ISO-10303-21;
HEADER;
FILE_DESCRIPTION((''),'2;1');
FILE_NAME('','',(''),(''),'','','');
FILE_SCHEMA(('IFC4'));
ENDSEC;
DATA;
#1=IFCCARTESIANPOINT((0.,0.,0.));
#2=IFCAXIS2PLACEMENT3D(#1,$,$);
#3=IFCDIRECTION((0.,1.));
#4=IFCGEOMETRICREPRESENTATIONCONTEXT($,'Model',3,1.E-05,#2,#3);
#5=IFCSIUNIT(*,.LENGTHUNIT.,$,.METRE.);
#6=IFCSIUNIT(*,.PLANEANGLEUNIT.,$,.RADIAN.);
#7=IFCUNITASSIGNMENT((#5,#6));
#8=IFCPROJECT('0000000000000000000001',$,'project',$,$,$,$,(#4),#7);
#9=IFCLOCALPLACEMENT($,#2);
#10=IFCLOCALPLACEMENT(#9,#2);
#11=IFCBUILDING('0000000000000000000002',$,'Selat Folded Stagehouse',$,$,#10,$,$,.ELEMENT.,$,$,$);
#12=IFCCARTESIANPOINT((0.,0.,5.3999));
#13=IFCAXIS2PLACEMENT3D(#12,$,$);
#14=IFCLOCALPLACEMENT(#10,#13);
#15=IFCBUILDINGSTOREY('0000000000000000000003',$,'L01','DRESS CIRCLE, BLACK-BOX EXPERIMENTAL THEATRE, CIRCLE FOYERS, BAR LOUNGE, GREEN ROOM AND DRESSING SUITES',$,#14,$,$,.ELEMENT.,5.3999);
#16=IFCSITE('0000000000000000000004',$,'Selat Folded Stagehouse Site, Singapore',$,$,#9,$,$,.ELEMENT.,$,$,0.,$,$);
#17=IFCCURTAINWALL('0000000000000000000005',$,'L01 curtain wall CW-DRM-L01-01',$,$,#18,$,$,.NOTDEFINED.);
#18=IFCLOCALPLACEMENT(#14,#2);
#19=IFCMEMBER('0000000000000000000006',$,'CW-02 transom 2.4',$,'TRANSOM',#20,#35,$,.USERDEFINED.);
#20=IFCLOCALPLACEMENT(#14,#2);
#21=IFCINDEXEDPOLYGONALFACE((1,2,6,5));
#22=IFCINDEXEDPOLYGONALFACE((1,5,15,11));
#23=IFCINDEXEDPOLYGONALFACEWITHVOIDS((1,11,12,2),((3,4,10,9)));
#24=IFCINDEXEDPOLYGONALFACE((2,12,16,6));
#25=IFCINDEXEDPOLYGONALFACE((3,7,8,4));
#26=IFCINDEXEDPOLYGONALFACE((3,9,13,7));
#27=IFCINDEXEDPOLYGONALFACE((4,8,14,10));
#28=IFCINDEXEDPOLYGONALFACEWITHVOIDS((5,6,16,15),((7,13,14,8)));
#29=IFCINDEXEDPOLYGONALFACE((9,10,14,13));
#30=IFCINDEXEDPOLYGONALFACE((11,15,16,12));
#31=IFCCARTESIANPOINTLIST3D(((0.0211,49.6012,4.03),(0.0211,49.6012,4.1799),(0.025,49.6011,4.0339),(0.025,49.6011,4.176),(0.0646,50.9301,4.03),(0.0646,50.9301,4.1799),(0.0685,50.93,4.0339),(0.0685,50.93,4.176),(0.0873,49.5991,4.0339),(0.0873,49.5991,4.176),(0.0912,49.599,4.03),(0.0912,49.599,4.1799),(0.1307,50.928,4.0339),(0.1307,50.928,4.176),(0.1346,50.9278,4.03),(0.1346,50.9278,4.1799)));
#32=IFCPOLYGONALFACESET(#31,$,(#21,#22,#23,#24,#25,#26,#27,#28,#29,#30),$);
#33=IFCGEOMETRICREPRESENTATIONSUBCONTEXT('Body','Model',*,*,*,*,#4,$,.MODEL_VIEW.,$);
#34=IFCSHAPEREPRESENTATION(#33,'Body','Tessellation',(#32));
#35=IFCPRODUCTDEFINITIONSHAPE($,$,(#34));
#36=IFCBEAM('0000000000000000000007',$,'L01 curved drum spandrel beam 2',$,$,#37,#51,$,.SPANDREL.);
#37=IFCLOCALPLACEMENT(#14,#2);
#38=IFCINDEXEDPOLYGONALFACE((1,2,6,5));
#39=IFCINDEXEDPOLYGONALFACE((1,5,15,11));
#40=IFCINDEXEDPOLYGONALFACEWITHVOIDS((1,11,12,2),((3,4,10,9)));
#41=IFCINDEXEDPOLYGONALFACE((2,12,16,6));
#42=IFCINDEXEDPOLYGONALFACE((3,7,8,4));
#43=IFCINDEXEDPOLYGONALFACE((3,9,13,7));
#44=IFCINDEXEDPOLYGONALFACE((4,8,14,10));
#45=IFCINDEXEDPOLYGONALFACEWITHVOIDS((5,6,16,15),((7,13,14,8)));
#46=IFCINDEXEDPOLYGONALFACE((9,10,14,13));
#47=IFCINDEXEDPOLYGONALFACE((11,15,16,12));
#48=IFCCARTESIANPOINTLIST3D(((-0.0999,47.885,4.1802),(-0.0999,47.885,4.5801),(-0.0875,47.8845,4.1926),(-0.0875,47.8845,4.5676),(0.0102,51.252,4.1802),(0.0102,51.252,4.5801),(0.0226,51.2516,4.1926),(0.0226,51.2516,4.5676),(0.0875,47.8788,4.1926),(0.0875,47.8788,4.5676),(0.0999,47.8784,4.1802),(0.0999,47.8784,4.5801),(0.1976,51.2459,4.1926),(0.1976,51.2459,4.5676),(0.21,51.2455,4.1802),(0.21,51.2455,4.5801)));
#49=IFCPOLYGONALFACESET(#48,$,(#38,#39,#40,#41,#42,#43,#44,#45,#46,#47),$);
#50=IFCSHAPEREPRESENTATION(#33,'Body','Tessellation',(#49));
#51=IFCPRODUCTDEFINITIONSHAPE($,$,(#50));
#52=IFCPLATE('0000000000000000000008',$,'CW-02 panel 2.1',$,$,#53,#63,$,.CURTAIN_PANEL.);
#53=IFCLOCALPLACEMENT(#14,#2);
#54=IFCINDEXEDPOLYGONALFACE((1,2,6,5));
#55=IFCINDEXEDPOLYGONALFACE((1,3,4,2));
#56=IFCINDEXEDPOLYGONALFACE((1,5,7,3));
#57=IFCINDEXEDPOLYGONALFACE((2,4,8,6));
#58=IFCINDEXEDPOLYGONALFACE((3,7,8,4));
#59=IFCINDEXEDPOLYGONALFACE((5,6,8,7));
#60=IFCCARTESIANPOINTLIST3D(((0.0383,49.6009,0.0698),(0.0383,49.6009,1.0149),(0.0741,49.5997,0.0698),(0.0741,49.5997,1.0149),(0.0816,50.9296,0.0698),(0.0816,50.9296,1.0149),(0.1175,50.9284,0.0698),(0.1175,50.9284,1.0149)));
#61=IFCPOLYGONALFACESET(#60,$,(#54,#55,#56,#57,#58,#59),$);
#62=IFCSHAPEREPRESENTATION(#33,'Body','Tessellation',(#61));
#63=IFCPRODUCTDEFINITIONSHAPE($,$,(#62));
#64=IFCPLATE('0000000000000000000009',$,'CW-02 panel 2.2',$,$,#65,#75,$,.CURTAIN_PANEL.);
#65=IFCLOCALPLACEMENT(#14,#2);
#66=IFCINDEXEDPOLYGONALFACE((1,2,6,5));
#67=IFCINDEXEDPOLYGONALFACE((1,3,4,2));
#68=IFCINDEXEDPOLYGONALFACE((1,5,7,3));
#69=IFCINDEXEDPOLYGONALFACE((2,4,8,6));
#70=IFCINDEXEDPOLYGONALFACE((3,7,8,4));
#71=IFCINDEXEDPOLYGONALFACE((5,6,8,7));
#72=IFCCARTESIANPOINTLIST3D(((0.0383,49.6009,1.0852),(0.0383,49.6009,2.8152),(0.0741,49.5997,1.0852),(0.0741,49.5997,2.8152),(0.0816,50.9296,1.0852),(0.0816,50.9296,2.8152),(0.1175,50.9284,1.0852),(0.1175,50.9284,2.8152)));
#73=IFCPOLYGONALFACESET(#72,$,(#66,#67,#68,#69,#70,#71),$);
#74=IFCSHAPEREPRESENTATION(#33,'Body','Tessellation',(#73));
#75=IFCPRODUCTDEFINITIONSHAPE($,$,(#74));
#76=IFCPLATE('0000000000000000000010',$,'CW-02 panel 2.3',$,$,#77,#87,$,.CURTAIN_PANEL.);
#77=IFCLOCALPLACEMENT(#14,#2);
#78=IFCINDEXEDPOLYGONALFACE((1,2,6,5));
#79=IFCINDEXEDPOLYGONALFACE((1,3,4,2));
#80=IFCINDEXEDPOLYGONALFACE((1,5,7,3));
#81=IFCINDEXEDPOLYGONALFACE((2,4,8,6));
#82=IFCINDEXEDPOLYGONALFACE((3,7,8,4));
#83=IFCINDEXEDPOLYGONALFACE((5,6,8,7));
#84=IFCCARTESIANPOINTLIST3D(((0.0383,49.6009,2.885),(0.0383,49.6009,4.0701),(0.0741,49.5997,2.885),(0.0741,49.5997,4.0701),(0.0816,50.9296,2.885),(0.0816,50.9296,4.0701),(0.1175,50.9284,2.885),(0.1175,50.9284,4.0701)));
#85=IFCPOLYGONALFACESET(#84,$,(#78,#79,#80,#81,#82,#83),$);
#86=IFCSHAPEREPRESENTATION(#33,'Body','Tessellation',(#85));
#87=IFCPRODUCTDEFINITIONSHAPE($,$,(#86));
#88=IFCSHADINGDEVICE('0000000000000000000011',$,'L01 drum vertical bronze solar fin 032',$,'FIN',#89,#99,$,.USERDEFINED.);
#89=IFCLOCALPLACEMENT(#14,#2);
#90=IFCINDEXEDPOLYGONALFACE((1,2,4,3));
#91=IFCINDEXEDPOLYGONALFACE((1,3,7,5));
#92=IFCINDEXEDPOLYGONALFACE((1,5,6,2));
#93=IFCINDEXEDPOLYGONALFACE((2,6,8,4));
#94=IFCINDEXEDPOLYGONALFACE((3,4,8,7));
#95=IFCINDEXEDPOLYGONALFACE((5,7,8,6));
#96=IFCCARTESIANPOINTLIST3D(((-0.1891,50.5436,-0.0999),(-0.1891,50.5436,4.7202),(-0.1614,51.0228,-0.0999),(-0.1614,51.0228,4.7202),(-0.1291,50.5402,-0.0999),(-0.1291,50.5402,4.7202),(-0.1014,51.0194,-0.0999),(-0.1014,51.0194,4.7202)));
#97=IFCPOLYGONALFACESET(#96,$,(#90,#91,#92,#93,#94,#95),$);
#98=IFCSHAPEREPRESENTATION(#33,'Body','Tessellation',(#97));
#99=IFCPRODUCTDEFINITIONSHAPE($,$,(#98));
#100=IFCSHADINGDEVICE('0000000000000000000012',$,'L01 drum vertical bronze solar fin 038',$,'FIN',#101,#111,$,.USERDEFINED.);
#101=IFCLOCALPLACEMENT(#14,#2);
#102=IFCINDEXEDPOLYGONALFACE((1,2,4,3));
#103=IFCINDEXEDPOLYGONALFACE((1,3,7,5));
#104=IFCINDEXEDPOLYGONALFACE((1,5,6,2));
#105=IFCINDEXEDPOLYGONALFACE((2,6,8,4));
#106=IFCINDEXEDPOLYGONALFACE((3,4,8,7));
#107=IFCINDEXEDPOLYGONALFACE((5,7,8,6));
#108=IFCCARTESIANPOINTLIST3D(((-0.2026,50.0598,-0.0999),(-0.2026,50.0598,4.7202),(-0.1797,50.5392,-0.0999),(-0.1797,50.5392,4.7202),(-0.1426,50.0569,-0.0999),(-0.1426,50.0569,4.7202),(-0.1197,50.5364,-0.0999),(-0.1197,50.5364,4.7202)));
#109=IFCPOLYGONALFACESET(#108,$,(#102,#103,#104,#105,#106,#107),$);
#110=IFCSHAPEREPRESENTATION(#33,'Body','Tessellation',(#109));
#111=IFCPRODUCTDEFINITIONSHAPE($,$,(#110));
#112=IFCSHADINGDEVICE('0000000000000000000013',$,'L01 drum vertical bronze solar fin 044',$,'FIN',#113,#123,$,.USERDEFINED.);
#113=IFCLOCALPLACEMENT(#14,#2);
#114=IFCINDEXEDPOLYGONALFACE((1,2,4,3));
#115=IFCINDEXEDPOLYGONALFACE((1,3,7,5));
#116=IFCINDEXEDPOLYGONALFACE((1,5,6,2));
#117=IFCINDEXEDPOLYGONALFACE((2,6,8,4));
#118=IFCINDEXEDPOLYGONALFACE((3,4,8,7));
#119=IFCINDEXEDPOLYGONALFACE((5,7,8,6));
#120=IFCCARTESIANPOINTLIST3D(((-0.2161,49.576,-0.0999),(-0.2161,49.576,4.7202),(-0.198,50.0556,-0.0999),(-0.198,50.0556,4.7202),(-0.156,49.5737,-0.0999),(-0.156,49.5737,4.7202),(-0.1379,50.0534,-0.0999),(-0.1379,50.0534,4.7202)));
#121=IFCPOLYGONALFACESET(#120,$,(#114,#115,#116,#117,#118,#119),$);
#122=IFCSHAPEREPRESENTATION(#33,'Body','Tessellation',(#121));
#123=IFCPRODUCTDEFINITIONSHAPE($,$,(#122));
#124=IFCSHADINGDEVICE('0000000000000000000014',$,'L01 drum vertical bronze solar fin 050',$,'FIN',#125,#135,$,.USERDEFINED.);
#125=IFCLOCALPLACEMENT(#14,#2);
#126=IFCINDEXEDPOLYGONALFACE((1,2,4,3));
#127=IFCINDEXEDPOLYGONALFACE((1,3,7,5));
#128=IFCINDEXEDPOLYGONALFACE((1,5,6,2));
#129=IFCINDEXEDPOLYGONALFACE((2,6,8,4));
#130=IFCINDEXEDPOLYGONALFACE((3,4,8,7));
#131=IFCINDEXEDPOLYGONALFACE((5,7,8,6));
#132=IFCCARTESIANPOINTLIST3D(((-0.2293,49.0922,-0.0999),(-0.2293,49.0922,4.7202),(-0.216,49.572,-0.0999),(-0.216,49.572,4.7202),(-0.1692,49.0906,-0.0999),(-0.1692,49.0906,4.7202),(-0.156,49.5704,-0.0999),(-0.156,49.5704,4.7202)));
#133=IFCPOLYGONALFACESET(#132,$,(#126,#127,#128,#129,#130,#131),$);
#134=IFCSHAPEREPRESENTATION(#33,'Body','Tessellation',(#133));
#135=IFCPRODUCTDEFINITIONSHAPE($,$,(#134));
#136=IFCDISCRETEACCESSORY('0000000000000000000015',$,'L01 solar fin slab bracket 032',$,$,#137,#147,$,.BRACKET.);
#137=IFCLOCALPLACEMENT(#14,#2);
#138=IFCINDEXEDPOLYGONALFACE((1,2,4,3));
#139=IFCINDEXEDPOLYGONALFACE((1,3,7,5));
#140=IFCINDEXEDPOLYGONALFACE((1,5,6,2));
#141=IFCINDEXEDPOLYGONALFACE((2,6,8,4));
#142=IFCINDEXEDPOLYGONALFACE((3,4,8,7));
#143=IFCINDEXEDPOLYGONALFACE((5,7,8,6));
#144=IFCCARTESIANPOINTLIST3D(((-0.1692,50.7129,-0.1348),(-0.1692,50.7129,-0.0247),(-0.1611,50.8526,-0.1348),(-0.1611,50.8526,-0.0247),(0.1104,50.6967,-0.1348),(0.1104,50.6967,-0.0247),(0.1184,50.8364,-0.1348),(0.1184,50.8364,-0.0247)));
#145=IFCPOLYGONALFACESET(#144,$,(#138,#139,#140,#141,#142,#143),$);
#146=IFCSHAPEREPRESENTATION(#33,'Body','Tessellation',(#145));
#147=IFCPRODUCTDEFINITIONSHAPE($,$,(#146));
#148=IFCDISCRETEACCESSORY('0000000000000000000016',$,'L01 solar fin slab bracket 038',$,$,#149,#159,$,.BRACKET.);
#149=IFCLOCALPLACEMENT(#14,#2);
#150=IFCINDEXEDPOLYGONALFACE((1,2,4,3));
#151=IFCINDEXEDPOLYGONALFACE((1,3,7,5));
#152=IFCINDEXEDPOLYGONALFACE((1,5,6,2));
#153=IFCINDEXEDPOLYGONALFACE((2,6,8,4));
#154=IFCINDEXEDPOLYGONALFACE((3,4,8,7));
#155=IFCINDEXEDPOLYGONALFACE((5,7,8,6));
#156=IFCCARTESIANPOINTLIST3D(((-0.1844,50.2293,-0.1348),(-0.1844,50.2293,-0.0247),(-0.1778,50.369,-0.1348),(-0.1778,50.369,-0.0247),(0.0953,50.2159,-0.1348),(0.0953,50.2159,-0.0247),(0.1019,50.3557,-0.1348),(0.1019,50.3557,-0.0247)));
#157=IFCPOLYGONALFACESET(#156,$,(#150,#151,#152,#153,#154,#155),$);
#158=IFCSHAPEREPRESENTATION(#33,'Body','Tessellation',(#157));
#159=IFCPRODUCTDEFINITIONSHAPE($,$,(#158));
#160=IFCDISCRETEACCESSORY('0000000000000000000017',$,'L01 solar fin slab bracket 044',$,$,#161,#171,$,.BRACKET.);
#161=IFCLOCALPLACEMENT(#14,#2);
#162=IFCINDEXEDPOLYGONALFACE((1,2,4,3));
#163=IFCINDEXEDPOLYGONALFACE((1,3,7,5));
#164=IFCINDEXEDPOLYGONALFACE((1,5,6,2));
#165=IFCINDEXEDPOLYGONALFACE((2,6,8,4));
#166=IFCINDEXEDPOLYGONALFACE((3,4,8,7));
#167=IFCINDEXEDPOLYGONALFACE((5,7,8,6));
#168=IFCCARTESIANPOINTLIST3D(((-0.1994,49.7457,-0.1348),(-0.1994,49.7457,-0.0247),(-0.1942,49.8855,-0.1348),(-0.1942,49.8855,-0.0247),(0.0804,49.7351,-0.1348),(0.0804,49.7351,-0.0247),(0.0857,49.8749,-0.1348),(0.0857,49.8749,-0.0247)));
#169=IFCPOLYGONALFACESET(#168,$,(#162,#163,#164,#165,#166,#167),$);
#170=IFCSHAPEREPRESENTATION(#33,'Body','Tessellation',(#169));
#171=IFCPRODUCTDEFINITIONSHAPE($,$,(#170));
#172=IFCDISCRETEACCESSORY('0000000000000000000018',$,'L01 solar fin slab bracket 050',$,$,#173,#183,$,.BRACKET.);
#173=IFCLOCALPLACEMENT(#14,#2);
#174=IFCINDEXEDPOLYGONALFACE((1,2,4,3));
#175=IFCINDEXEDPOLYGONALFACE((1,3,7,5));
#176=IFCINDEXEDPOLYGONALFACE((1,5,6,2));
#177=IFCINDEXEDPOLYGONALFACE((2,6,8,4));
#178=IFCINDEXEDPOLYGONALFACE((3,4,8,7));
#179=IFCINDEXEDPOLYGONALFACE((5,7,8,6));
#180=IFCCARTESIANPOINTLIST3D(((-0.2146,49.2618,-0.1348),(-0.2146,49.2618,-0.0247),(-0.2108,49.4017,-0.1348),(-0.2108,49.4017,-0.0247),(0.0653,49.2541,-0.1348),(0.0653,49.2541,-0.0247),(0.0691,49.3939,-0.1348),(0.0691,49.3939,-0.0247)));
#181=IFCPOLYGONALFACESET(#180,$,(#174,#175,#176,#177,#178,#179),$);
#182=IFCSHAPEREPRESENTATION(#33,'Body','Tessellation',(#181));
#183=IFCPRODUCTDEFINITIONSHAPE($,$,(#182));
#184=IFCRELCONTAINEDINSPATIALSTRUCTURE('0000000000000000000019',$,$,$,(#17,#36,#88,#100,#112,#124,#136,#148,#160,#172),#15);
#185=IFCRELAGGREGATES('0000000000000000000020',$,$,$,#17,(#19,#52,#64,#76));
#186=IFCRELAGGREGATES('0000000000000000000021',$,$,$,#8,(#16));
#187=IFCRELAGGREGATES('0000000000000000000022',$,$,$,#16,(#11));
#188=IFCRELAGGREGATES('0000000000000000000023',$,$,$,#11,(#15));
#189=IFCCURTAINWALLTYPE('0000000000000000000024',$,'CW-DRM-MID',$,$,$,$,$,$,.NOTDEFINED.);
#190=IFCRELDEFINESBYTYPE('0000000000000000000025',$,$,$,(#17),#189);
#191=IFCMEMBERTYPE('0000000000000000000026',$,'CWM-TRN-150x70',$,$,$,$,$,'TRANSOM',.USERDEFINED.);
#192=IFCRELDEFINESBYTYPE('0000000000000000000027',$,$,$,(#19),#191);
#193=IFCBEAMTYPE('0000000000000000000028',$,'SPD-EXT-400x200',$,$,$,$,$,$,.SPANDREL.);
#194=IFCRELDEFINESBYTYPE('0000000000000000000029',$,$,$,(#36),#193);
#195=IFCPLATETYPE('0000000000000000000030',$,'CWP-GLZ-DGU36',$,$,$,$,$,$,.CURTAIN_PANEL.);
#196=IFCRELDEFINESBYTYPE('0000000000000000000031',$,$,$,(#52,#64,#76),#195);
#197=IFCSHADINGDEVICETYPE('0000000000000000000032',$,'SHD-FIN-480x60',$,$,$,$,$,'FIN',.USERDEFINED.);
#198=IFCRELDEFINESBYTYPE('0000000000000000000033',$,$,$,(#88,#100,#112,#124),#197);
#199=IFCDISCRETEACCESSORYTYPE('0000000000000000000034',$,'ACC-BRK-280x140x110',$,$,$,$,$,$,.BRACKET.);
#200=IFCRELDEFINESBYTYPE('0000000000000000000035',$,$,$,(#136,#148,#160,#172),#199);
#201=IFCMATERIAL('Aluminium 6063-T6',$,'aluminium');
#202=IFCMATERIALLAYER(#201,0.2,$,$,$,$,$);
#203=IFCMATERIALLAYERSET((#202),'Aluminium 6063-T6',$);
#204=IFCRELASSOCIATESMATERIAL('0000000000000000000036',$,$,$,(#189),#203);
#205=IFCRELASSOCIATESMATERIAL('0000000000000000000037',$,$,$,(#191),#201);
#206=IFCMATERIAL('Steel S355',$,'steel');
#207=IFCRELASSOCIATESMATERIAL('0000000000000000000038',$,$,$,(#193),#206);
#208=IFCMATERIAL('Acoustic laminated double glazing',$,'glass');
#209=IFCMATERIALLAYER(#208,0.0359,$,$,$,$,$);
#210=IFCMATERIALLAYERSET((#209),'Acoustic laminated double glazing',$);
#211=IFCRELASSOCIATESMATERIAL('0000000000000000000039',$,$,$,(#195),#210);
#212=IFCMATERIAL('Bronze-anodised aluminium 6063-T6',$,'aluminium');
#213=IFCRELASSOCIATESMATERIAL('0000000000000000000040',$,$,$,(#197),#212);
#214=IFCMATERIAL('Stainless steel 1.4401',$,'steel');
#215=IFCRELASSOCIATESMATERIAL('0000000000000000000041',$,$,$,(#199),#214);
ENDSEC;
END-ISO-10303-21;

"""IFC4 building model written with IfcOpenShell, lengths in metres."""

from ifc_helpers import new_model, si_unit, direction, frame, origin, origin_2d, place, context, subcontext, project, spatial, rectangle, hollow_rectangle, extrude, material, layer, layer_set, material_profile, profile_set, type_object, element, aggregate, save


model = new_model("IFC4")

# Units and contexts
model_context = context("Model", 3, precision=1e-05, world=origin(), true_north=direction((0.0, 1.0)))
body_context = subcontext(model_context, "Body", "Model", "MODEL_VIEW")
ifc_project = project(units=[si_unit("LENGTHUNIT", "METRE"), si_unit("PLANEANGLEUNIT", "RADIAN")], contexts=[model_context])

# Site, building, storey
site_placement = place(None, origin())
site = spatial("IfcSite", under=ifc_project, at=site_placement, Name="Selat Folded Stagehouse Site, Singapore", CompositionType="ELEMENT", RefElevation=0.0)
building_placement = place(site_placement, origin())
building = spatial("IfcBuilding", under=site, at=building_placement, Name="Selat Folded Stagehouse", CompositionType="ELEMENT")
storey_placement = place(building_placement, frame((0.0, 0.0, 5.3999)))
storey = spatial("IfcBuildingStorey", under=building, at=storey_placement, Name="L01", Description="DRESS CIRCLE, BLACK-BOX EXPERIMENTAL THEATRE, CIRCLE FOYERS, BAR LOUNGE, GREEN ROOM AND DRESSING SUITES", CompositionType="ELEMENT", Elevation=5.3999)

# Shared definitions
ifc_material_1 = material(Name="Steel S355", Category="steel")

# Shared definitions
ifc_material_2 = material(Name="Aluminium 6063-T6", Category="aluminium")
ifc_layer_1 = layer(ifc_material_2, 0.2)
ifc_layer_set_1 = layer_set([ifc_layer_1], Name="Aluminium 6063-T6")
curtain_wall_type = type_object("IfcCurtainWallType", Name="CW-DRM-MID", PredefinedType="NOTDEFINED", material=ifc_layer_set_1)

# Curtain wall
curtain_wall_1_placement = place(storey_placement, origin())
curtain_wall_1 = element("IfcCurtainWall", 1, at=curtain_wall_1_placement, inside=storey, type_object=curtain_wall_type, Name="L01 curtain wall CW-DRM-L01-01", PredefinedType="NOTDEFINED")

# Member
ifc_material_profile_1 = material_profile(ifc_material_2, hollow_rectangle(XDim=0.0701, YDim=0.1499, WallThickness=0.0039, at=origin_2d()), Name="ALU 150x70x4.0")
ifc_profile_set_1 = profile_set([ifc_material_profile_1], Name="Aluminium 6063-T6")
member_type_1 = type_object("IfcMemberType", Name="CWM-TRN-150x70", ElementType="TRANSOM", PredefinedType="USERDEFINED", material=ifc_profile_set_1)
member_1_placement = place(storey_placement, frame((0.0562, 49.6001, 4.105), z_axis=(0.032685, 0.999466, 0.0), x_axis=(-0.999466, 0.032685, 0.0)))
member_1 = element("IfcMember", 2, at=member_1_placement, type_object=member_type_1, Name="CW-02 transom 2.4", ObjectType="TRANSOM", PredefinedType="USERDEFINED", context=body_context, shape_type="SweptSolid", body=[
    extrude(hollow_rectangle(XDim=0.0701, YDim=0.1499, WallThickness=0.0039, at=origin_2d()), origin(), (0.0, 0.0, 1.0), 1.3296),
])

# Beam
ifc_material_profile_2 = material_profile(ifc_material_1, hollow_rectangle(XDim=0.2, YDim=0.3999, WallThickness=0.0125, at=origin_2d()), Name="RHS 400x200x12.5")
ifc_profile_set_2 = profile_set([ifc_material_profile_2], Name="Steel S355")
beam_type = type_object("IfcBeamType", Name="SPD-EXT-400x200", PredefinedType="SPANDREL", material=ifc_profile_set_2)
beam_placement = place(storey_placement, frame((0.1101, 51.2488, 4.3801), z_axis=(-0.032683, -0.999466, 0.0), x_axis=(0.999466, -0.032683, 0.0)))
element("IfcBeam", 3, at=beam_placement, inside=storey, type_object=beam_type, Name="L01 curved drum spandrel beam 2", PredefinedType="SPANDREL", context=body_context, shape_type="SweptSolid", body=[
    extrude(hollow_rectangle(XDim=0.2, YDim=0.3999, WallThickness=0.0125, at=origin_2d()), origin(), (0.0, 0.0, 1.0), 3.3689),
])

# Plates
ifc_material_3 = material(Name="Acoustic laminated double glazing", Category="glass")
ifc_layer_2 = layer(ifc_material_3, 0.0359)
ifc_layer_set_2 = layer_set([ifc_layer_2], Name="Acoustic laminated double glazing")
plate_type = type_object("IfcPlateType", Name="CWP-GLZ-DGU36", PredefinedType="CURTAIN_PANEL", material=ifc_layer_set_2)
plate_1_placement = place(storey_placement, frame((0.0779, 50.2646, 0.0698), z_axis=(0.0, 0.0, 1.0), x_axis=(0.032625, 0.999468, 0.0)))
plate_1 = element("IfcPlate", 4, at=plate_1_placement, type_object=plate_type, Name="CW-02 panel 2.1", PredefinedType="CURTAIN_PANEL", context=body_context, shape_type="SweptSolid", body=[
    extrude(rectangle(XDim=1.3293, YDim=0.0359, at=origin_2d()), origin(), (0.0, 0.0, 1.0), 0.9451),
])
plate_2_placement = place(storey_placement, frame((0.0779, 50.2646, 1.0852), z_axis=(0.0, 0.0, 1.0), x_axis=(0.032625, 0.999468, 0.0)))
plate_2 = element("IfcPlate", 5, at=plate_2_placement, type_object=plate_type, Name="CW-02 panel 2.2", PredefinedType="CURTAIN_PANEL", context=body_context, shape_type="SweptSolid", body=[
    extrude(rectangle(XDim=1.3293, YDim=0.0359, at=origin_2d()), origin(), (0.0, 0.0, 1.0), 1.73),
])
plate_3_placement = place(storey_placement, frame((0.0779, 50.2646, 2.885), z_axis=(0.0, 0.0, 1.0), x_axis=(0.032625, 0.999468, 0.0)))
plate_3 = element("IfcPlate", 6, at=plate_3_placement, type_object=plate_type, Name="CW-02 panel 2.3", PredefinedType="CURTAIN_PANEL", context=body_context, shape_type="SweptSolid", body=[
    extrude(rectangle(XDim=1.3293, YDim=0.0359, at=origin_2d()), origin(), (0.0, 0.0, 1.0), 1.1851),
])
aggregate(curtain_wall_1, [member_1, plate_1, plate_2, plate_3])

# Shading devices
ifc_material_4 = material(Name="Bronze-anodised aluminium 6063-T6", Category="aluminium")
ifc_material_profile_3 = material_profile(ifc_material_4, rectangle(XDim=0.0601, YDim=0.48, at=origin_2d()), Name="SOLAR-FIN 480x60")
ifc_profile_set_3 = profile_set([ifc_material_profile_3], Name="Bronze-anodised aluminium 6063-T6")
shading_device_type = type_object("IfcShadingDeviceType", Name="SHD-FIN-480x60", ElementType="FIN", PredefinedType="USERDEFINED", material=ifc_profile_set_3)
for number, where, z_axis, x_axis, name in (
    (7, (-0.1453, 50.7815, -0.0999), (0.0, 0.0, 1.0), (-0.998332, 0.057738, 0.0), "L01 drum vertical bronze solar fin 032"),
    (8, (-0.1611, 50.2981, -0.0999), (0.0, 0.0, 1.0), (-0.998865, 0.047629, 0.0), "L01 drum vertical bronze solar fin 038"),
    (9, (-0.177, 49.8147, -0.0999), (0.0, 0.0, 1.0), (-0.999289, 0.03769, 0.0), "L01 drum vertical bronze solar fin 044"),
    (10, (-0.1926, 49.3313, -0.0999), (0.0, 0.0, 1.0), (-0.99962, 0.027573, 0.0), "L01 drum vertical bronze solar fin 050"),
):
    element("IfcShadingDevice", number, at=place(storey_placement, frame(where, z_axis=z_axis, x_axis=x_axis)), inside=storey, type_object=shading_device_type, Name=name, ObjectType="FIN", PredefinedType="USERDEFINED", context=body_context, shape_type="SweptSolid", body=[
        extrude(rectangle(XDim=0.0601, YDim=0.48, at=origin_2d()), origin(), (0.0, 0.0, 1.0), 4.8201),
    ])

# Discrete accessories
ifc_material_5 = material(Name="Stainless steel 1.4401", Category="steel")
discrete_accessory_type = type_object("IfcDiscreteAccessoryType", Name="ACC-BRK-280x140x110", PredefinedType="BRACKET", material=ifc_material_5)
for number, where, z_axis, x_axis, name in (
    (11, (-0.0254, 50.7747, -0.1348), (0.0, 0.0, 1.0), (-0.998332, 0.057738, 0.0), "L01 solar fin slab bracket 032"),
    (12, (-0.0413, 50.2925, -0.1348), (0.0, 0.0, 1.0), (-0.998865, 0.047629, 0.0), "L01 solar fin slab bracket 038"),
    (13, (-0.0569, 49.8103, -0.1348), (0.0, 0.0, 1.0), (-0.999289, 0.03769, 0.0), "L01 solar fin slab bracket 044"),
    (14, (-0.0728, 49.3279, -0.1348), (0.0, 0.0, 1.0), (-0.99962, 0.027573, 0.0), "L01 solar fin slab bracket 050"),
):
    element("IfcDiscreteAccessory", number, at=place(storey_placement, frame(where, z_axis=z_axis, x_axis=x_axis)), inside=storey, type_object=discrete_accessory_type, Name=name, PredefinedType="BRACKET", context=body_context, shape_type="SweptSolid", body=[
        extrude(rectangle(XDim=0.28, YDim=0.1399, at=origin_2d()), origin(), (0.0, 0.0, 1.0), 0.1101),
    ])

save(model, "model.ifc")
